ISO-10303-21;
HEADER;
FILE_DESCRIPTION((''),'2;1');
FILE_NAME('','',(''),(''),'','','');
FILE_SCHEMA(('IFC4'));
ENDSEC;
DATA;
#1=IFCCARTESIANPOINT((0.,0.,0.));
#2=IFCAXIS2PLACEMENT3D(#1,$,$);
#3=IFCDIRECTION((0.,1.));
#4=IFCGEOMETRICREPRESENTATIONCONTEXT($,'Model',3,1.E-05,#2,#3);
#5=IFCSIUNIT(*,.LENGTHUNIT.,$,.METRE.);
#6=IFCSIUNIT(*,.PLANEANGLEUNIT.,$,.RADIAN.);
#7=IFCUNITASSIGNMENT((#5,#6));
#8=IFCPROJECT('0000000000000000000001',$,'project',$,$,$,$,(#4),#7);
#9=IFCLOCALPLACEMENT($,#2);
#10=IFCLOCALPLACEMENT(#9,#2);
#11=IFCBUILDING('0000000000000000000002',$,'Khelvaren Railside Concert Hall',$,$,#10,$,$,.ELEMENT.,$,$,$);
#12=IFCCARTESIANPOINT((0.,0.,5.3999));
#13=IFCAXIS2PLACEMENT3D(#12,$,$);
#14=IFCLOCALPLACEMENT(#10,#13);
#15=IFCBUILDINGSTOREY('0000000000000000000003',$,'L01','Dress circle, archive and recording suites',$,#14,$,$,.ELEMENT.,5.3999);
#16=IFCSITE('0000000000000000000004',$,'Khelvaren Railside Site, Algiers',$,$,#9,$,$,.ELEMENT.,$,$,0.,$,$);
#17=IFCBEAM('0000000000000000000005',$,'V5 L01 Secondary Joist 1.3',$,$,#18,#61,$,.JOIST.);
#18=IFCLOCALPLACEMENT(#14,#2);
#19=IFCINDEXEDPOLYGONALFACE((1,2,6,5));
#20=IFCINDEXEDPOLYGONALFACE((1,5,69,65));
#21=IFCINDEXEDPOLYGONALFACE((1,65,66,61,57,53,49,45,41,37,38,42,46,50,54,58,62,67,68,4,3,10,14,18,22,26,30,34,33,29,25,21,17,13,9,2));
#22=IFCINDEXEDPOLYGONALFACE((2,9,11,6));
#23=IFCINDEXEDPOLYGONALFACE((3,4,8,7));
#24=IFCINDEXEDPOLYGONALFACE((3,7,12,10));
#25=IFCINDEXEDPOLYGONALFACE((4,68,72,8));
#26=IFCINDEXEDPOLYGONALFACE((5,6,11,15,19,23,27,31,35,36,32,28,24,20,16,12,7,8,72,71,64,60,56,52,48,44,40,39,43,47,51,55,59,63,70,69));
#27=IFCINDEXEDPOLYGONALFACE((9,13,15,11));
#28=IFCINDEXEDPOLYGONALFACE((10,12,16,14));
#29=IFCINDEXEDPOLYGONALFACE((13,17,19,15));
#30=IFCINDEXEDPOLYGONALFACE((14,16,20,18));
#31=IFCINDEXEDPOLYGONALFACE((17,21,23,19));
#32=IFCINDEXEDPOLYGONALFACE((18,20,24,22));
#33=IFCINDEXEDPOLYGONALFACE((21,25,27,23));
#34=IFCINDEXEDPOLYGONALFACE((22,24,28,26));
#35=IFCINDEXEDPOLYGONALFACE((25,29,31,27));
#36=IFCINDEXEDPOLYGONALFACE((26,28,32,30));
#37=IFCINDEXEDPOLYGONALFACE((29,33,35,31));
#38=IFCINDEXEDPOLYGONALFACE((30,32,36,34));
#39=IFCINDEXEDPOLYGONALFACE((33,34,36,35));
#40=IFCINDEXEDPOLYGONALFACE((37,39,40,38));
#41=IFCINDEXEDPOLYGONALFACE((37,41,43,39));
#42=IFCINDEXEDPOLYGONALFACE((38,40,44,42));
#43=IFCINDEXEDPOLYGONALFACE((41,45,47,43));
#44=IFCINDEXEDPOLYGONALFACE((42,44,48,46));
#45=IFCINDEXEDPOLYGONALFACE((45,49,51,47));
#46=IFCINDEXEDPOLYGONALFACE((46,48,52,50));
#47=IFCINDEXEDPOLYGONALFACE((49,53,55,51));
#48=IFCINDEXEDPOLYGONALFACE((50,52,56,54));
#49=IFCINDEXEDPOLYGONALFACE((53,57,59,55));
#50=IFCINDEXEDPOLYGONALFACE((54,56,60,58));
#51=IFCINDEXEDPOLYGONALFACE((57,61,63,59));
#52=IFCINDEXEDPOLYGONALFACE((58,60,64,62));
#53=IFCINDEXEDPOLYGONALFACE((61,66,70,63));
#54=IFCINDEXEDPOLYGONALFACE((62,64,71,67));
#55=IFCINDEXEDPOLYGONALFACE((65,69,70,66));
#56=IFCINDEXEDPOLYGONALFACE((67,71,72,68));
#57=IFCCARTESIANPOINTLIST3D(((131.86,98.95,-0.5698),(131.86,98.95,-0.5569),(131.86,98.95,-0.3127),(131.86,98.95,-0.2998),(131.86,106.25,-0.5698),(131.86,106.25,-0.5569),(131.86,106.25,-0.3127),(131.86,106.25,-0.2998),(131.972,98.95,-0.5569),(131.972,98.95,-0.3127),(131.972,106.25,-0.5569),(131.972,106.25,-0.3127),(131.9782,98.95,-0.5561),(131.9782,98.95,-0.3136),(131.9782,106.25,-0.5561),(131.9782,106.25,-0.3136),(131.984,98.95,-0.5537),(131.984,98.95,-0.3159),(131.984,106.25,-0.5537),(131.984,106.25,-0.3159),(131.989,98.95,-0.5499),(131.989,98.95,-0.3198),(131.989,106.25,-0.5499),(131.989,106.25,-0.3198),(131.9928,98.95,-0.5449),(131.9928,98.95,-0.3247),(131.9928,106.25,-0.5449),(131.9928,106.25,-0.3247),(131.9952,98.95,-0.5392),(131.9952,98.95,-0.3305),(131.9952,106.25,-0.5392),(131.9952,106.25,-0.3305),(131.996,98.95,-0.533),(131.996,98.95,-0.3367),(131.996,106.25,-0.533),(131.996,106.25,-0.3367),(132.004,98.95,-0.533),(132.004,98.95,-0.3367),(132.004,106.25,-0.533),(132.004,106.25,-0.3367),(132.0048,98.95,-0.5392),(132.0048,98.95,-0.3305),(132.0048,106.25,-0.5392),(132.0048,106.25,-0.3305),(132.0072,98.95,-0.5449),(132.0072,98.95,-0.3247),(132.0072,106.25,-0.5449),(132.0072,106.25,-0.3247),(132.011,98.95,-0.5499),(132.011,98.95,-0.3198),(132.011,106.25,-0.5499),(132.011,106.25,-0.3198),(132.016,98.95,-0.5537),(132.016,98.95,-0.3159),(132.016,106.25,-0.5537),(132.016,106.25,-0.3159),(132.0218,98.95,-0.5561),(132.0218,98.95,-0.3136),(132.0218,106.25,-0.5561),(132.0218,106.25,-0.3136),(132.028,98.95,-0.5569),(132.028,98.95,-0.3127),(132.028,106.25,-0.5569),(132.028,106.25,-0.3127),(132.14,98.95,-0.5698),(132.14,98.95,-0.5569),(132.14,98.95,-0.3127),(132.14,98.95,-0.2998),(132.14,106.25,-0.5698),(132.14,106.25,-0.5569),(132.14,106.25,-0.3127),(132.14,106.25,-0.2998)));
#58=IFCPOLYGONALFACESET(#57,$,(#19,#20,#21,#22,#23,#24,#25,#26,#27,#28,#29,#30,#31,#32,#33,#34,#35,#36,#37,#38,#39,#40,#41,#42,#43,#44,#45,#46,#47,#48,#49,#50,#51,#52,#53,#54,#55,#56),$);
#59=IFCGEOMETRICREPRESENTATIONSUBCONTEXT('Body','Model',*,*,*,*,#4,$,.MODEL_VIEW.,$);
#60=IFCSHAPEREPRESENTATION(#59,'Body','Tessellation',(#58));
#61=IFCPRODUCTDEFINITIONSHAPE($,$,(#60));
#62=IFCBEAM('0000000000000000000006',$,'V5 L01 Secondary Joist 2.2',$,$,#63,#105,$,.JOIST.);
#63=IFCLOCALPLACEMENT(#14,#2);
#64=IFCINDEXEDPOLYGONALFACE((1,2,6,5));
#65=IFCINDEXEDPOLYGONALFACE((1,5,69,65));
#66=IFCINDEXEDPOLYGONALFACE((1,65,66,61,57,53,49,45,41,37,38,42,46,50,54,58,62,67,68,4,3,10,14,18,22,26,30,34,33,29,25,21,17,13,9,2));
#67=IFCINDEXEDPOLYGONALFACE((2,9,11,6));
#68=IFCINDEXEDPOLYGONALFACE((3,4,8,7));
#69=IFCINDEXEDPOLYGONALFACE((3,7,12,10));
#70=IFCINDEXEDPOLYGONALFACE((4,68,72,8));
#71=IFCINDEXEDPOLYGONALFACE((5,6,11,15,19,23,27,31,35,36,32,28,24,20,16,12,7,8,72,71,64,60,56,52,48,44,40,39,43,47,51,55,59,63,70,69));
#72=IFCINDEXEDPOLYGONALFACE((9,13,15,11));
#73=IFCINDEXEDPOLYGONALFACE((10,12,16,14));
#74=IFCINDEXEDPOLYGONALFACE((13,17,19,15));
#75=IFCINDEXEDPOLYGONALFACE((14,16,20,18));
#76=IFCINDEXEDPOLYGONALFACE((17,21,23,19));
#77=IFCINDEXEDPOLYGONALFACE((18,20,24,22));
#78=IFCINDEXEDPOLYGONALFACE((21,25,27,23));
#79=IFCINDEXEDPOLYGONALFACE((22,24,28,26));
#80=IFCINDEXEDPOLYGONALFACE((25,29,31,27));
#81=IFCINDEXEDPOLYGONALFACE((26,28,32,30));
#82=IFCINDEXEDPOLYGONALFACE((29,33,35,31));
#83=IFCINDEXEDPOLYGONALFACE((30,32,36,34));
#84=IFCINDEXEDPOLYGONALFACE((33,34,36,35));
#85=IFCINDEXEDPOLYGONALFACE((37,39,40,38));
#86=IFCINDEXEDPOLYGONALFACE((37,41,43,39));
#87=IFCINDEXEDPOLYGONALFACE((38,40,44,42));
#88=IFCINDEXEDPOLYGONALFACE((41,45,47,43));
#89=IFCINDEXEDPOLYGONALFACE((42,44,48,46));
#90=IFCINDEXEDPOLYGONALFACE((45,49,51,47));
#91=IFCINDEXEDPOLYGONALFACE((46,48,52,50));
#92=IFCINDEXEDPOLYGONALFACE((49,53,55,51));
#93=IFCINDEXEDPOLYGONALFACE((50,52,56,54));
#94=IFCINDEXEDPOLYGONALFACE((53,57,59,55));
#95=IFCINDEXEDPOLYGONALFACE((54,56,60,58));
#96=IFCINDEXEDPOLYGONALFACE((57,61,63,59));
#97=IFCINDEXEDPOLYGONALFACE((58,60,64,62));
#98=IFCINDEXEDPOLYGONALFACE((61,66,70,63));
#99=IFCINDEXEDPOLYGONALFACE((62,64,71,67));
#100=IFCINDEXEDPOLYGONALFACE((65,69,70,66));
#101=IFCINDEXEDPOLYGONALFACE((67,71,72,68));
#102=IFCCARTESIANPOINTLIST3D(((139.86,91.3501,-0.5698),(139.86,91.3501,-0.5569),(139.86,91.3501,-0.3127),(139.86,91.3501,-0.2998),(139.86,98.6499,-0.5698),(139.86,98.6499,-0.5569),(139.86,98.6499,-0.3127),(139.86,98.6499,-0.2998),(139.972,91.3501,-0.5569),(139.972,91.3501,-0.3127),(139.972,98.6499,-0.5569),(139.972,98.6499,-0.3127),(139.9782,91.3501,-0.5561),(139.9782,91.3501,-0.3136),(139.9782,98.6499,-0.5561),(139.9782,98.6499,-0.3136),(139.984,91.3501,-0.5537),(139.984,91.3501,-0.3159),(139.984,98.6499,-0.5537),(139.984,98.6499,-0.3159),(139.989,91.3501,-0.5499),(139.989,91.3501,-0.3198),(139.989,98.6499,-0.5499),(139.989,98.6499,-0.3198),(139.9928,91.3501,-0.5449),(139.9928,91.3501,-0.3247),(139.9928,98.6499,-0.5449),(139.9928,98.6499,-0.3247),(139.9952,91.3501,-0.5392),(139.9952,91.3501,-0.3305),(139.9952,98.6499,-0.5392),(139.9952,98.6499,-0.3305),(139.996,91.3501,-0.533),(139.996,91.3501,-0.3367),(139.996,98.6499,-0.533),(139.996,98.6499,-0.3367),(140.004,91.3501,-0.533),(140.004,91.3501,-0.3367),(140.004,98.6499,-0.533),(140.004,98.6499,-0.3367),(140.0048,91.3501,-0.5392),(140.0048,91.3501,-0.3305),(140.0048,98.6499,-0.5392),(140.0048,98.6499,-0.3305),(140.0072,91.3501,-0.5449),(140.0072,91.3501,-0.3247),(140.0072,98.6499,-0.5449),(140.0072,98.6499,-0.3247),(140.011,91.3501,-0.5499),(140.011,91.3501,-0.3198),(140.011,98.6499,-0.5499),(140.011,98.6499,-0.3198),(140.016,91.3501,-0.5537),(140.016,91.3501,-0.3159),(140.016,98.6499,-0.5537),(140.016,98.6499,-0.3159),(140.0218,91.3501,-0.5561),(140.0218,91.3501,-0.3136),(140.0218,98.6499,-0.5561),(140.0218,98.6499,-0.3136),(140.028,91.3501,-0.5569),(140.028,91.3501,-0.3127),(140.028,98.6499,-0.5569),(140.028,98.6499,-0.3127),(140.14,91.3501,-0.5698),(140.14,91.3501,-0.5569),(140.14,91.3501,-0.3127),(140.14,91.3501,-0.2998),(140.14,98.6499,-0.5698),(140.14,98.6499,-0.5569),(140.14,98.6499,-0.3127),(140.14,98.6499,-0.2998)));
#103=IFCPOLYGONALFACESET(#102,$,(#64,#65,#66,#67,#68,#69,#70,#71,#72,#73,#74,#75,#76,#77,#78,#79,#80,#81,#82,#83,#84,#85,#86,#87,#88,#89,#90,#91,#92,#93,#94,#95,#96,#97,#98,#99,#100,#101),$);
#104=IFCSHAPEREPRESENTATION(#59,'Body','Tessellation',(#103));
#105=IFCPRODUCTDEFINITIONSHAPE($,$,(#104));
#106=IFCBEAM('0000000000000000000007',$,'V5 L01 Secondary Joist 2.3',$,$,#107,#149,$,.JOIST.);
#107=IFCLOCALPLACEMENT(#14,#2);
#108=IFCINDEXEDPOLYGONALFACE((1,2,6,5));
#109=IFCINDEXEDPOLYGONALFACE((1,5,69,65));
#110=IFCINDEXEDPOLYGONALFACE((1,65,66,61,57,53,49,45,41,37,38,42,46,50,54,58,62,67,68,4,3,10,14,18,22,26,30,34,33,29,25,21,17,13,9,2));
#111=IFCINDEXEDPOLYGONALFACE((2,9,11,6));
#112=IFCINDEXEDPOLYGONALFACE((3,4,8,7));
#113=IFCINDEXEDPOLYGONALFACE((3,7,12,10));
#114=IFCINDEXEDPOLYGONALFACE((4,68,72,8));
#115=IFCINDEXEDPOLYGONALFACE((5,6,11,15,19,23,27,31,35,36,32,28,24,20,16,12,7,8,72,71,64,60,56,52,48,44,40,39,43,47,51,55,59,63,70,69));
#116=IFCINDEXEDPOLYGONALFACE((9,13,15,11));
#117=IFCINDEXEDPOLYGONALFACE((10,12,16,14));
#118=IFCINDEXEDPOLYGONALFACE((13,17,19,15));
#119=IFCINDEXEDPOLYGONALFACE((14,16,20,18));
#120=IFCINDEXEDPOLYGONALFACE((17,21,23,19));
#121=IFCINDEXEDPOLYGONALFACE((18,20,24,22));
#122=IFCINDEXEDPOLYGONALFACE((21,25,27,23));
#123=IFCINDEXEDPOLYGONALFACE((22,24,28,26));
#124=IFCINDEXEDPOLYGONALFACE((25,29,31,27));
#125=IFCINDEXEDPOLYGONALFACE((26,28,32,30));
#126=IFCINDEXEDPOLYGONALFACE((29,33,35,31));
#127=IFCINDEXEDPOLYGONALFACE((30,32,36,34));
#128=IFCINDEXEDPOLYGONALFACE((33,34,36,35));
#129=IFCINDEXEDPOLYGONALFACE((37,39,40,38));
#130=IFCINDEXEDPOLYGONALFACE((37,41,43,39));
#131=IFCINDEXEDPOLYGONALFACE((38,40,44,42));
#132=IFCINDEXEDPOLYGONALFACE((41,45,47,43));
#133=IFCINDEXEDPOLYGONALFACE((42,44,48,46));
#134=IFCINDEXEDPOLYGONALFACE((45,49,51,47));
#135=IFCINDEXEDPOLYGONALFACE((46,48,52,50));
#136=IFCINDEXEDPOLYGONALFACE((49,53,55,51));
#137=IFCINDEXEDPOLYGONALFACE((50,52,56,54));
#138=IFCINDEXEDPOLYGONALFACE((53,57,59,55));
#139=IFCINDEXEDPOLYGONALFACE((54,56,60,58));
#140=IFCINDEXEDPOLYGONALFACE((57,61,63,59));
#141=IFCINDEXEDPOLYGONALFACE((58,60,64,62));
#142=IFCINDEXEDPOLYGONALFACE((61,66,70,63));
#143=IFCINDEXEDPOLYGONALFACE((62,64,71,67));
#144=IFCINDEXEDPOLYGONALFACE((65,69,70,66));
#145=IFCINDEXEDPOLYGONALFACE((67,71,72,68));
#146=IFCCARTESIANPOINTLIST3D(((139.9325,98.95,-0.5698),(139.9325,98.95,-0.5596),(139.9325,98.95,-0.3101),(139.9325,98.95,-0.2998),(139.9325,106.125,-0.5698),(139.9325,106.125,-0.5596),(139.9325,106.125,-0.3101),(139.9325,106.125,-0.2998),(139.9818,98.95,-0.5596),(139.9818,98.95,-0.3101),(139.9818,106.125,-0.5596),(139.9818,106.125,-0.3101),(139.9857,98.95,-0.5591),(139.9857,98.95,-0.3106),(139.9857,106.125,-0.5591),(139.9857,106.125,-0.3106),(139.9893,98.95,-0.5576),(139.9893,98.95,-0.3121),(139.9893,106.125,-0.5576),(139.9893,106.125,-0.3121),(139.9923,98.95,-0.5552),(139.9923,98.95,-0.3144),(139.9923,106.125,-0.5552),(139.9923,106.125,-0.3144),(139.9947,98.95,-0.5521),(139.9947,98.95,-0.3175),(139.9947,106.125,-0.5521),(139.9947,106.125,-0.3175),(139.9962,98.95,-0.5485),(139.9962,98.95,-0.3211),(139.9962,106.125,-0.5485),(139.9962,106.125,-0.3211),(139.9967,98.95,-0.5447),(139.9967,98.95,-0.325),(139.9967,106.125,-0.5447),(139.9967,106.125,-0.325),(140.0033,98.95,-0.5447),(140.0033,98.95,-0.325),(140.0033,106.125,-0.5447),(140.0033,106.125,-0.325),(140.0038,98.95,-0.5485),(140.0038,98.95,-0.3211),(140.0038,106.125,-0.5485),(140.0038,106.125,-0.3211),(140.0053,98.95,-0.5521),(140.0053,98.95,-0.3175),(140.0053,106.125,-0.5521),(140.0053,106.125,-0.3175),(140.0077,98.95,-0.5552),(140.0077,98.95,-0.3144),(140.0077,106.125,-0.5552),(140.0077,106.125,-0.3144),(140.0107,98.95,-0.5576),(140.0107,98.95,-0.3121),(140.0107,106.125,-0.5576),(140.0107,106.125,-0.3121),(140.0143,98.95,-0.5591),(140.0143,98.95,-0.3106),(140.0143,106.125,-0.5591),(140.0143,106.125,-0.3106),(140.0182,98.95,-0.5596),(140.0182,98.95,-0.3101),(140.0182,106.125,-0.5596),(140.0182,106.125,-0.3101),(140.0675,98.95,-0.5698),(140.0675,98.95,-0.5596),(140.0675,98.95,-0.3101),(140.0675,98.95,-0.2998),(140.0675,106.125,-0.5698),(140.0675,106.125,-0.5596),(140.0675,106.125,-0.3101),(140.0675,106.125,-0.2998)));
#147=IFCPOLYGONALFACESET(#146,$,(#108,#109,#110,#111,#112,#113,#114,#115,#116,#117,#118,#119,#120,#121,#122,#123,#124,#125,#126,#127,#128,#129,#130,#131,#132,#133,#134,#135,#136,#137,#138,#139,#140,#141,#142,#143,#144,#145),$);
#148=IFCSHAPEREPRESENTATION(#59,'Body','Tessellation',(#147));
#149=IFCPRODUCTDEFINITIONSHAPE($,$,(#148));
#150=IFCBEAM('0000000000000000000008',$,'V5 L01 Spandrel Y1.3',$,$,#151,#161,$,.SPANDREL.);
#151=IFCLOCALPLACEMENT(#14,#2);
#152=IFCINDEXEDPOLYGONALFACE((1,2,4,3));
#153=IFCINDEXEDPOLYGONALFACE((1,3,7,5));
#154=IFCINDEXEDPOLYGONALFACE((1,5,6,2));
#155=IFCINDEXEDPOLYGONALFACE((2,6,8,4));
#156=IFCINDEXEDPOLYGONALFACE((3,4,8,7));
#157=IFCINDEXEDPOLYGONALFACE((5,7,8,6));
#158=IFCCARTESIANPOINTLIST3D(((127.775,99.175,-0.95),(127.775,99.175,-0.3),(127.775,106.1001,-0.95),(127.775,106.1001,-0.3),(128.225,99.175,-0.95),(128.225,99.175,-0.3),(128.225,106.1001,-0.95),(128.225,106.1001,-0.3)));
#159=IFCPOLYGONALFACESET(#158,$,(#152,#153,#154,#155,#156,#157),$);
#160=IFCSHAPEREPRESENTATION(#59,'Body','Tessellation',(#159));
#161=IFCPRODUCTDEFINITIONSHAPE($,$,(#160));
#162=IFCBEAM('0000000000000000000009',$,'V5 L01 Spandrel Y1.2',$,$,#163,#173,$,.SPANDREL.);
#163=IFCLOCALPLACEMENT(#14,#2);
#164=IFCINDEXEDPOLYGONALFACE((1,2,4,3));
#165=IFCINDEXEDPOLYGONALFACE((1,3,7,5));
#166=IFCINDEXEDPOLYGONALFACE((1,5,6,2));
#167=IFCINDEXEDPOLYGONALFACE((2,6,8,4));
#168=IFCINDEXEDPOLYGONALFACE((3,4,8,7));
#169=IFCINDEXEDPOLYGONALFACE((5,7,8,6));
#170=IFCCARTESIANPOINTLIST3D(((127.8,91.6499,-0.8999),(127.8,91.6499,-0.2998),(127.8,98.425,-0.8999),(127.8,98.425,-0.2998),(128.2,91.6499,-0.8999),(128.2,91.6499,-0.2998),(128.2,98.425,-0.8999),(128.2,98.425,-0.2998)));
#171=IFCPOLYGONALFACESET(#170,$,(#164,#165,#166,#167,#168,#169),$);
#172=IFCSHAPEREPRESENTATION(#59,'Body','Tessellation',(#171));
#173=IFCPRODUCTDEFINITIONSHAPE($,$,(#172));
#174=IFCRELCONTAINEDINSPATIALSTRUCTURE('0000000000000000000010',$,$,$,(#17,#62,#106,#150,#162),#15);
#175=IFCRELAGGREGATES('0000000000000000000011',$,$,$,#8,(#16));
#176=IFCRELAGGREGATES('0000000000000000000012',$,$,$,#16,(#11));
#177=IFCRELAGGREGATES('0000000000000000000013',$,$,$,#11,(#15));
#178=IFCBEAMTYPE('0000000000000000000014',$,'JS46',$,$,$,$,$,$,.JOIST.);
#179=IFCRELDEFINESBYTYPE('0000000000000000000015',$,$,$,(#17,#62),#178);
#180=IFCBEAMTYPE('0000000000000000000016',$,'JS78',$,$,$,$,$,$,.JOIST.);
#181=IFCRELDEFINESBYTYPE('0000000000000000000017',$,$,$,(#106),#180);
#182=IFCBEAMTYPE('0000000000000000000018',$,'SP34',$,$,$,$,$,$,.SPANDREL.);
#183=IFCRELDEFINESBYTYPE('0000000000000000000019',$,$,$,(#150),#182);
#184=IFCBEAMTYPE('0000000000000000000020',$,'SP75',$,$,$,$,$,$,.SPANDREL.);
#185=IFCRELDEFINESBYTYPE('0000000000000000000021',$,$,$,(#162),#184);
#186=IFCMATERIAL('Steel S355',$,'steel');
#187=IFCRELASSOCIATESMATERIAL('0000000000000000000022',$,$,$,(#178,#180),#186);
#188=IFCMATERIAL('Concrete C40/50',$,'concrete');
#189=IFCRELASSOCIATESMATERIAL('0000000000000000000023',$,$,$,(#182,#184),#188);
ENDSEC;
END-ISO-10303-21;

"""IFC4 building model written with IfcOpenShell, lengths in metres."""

from ifc_helpers import new_model, si_unit, direction, frame, origin, origin_2d, place, context, subcontext, project, spatial, rectangle, i_section, extrude, material, material_profile, profile_set, type_object, element, save


model = new_model("IFC4")

# Units and contexts
model_context = context("Model", 3, precision=1e-05, world=origin(), true_north=direction((0.0, 1.0)))
body_context = subcontext(model_context, "Body", "Model", "MODEL_VIEW")
ifc_project = project(units=[si_unit("LENGTHUNIT", "METRE"), si_unit("PLANEANGLEUNIT", "RADIAN")], contexts=[model_context])

# Site, building, storey
site_placement = place(None, origin())
site = spatial("IfcSite", under=ifc_project, at=site_placement, Name="Khelvaren Railside Site, Algiers", CompositionType="ELEMENT", RefElevation=0.0)
building_placement = place(site_placement, origin())
building = spatial("IfcBuilding", under=site, at=building_placement, Name="Khelvaren Railside Concert Hall", CompositionType="ELEMENT")
storey_placement = place(building_placement, frame((0.0, 0.0, 5.3999)))
storey = spatial("IfcBuildingStorey", under=building, at=storey_placement, Name="L01", Description="Dress circle, archive and recording suites", CompositionType="ELEMENT", Elevation=5.3999)

# Beams
ifc_material_1 = material(Name="Steel S355", Category="steel")
ifc_material_2 = material(Name="Concrete C40/50", Category="concrete")
ifc_material_profile_1 = material_profile(ifc_material_1, i_section(OverallWidth=0.28, OverallDepth=0.27, WebThickness=0.0081, FlangeThickness=0.0129, FilletRadius=0.0239, at=origin_2d()), Name="HEA 280")
ifc_profile_set_1 = profile_set([ifc_material_profile_1], Name="Steel S355")
beam_type_1 = type_object("IfcBeamType", Name="JS46", PredefinedType="JOIST", material=ifc_profile_set_1)
beam_1_placement = place(storey_placement, frame((132.0, 98.95, -0.4348), z_axis=(0.0, 1.0, 0.0), x_axis=(-1.0, 0.0, 0.0)))
element("IfcBeam", 1, at=beam_1_placement, inside=storey, type_object=beam_type_1, Name="V5 L01 Secondary Joist 1.3", PredefinedType="JOIST", context=body_context, shape_type="SweptSolid", body=[
    extrude(i_section(OverallWidth=0.28, OverallDepth=0.27, WebThickness=0.0081, FlangeThickness=0.0129, FilletRadius=0.0239, at=origin_2d()), origin(), (0.0, 0.0, 1.0), 7.3),
])
beam_2_placement = place(storey_placement, frame((140.0, 91.3501, -0.4348), z_axis=(0.0, 1.0, 0.0), x_axis=(-1.0, 0.0, 0.0)))
element("IfcBeam", 2, at=beam_2_placement, inside=storey, type_object=beam_type_1, Name="V5 L01 Secondary Joist 2.2", PredefinedType="JOIST", context=body_context, shape_type="SweptSolid", body=[
    extrude(i_section(OverallWidth=0.28, OverallDepth=0.27, WebThickness=0.0081, FlangeThickness=0.0129, FilletRadius=0.0239, at=origin_2d()), origin(), (0.0, 0.0, 1.0), 7.2998),
])
ifc_material_profile_2 = material_profile(ifc_material_1, i_section(OverallWidth=0.135, OverallDepth=0.27, WebThickness=0.0066, FlangeThickness=0.0103, FilletRadius=0.0149, at=origin_2d()), Name="IPE 270")
ifc_profile_set_2 = profile_set([ifc_material_profile_2], Name="Steel S355")
beam_type_2 = type_object("IfcBeamType", Name="JS78", PredefinedType="JOIST", material=ifc_profile_set_2)
beam_3_placement = place(storey_placement, frame((140.0, 98.95, -0.4348), z_axis=(0.0, 1.0, 0.0), x_axis=(-1.0, 0.0, 0.0)))
element("IfcBeam", 3, at=beam_3_placement, inside=storey, type_object=beam_type_2, Name="V5 L01 Secondary Joist 2.3", PredefinedType="JOIST", context=body_context, shape_type="SweptSolid", body=[
    extrude(i_section(OverallWidth=0.135, OverallDepth=0.27, WebThickness=0.0066, FlangeThickness=0.0103, FilletRadius=0.0149, at=origin_2d()), origin(), (0.0, 0.0, 1.0), 7.175),
])
ifc_material_profile_3 = material_profile(ifc_material_2, rectangle(XDim=0.45, YDim=0.6499, at=origin_2d()), Name="RCB 450x650")
ifc_profile_set_3 = profile_set([ifc_material_profile_3], Name="Concrete C40/50")
beam_type_3 = type_object("IfcBeamType", Name="SP34", PredefinedType="SPANDREL", material=ifc_profile_set_3)
beam_4_placement = place(storey_placement, frame((128.0, 99.175, -0.625), z_axis=(0.0, 1.0, 0.0), x_axis=(-1.0, 0.0, 0.0)))
element("IfcBeam", 4, at=beam_4_placement, inside=storey, type_object=beam_type_3, Name="V5 L01 Spandrel Y1.3", PredefinedType="SPANDREL", context=body_context, shape_type="SweptSolid", body=[
    extrude(rectangle(XDim=0.45, YDim=0.6499, at=origin_2d()), origin(), (0.0, 0.0, 1.0), 6.925),
])
ifc_material_profile_4 = material_profile(ifc_material_2, rectangle(XDim=0.3999, YDim=0.6001, at=origin_2d()), Name="RCB 400x600")
ifc_profile_set_4 = profile_set([ifc_material_profile_4], Name="Concrete C40/50")
beam_type_4 = type_object("IfcBeamType", Name="SP75", PredefinedType="SPANDREL", material=ifc_profile_set_4)
beam_5_placement = place(storey_placement, frame((128.0, 91.6499, -0.5999), z_axis=(0.0, 1.0, 0.0), x_axis=(-1.0, 0.0, 0.0)))
element("IfcBeam", 5, at=beam_5_placement, inside=storey, type_object=beam_type_4, Name="V5 L01 Spandrel Y1.2", PredefinedType="SPANDREL", context=body_context, shape_type="SweptSolid", body=[
    extrude(rectangle(XDim=0.3999, YDim=0.6001, at=origin_2d()), origin(), (0.0, 0.0, 1.0), 6.7751),
])

save(model, "model.ifc")
